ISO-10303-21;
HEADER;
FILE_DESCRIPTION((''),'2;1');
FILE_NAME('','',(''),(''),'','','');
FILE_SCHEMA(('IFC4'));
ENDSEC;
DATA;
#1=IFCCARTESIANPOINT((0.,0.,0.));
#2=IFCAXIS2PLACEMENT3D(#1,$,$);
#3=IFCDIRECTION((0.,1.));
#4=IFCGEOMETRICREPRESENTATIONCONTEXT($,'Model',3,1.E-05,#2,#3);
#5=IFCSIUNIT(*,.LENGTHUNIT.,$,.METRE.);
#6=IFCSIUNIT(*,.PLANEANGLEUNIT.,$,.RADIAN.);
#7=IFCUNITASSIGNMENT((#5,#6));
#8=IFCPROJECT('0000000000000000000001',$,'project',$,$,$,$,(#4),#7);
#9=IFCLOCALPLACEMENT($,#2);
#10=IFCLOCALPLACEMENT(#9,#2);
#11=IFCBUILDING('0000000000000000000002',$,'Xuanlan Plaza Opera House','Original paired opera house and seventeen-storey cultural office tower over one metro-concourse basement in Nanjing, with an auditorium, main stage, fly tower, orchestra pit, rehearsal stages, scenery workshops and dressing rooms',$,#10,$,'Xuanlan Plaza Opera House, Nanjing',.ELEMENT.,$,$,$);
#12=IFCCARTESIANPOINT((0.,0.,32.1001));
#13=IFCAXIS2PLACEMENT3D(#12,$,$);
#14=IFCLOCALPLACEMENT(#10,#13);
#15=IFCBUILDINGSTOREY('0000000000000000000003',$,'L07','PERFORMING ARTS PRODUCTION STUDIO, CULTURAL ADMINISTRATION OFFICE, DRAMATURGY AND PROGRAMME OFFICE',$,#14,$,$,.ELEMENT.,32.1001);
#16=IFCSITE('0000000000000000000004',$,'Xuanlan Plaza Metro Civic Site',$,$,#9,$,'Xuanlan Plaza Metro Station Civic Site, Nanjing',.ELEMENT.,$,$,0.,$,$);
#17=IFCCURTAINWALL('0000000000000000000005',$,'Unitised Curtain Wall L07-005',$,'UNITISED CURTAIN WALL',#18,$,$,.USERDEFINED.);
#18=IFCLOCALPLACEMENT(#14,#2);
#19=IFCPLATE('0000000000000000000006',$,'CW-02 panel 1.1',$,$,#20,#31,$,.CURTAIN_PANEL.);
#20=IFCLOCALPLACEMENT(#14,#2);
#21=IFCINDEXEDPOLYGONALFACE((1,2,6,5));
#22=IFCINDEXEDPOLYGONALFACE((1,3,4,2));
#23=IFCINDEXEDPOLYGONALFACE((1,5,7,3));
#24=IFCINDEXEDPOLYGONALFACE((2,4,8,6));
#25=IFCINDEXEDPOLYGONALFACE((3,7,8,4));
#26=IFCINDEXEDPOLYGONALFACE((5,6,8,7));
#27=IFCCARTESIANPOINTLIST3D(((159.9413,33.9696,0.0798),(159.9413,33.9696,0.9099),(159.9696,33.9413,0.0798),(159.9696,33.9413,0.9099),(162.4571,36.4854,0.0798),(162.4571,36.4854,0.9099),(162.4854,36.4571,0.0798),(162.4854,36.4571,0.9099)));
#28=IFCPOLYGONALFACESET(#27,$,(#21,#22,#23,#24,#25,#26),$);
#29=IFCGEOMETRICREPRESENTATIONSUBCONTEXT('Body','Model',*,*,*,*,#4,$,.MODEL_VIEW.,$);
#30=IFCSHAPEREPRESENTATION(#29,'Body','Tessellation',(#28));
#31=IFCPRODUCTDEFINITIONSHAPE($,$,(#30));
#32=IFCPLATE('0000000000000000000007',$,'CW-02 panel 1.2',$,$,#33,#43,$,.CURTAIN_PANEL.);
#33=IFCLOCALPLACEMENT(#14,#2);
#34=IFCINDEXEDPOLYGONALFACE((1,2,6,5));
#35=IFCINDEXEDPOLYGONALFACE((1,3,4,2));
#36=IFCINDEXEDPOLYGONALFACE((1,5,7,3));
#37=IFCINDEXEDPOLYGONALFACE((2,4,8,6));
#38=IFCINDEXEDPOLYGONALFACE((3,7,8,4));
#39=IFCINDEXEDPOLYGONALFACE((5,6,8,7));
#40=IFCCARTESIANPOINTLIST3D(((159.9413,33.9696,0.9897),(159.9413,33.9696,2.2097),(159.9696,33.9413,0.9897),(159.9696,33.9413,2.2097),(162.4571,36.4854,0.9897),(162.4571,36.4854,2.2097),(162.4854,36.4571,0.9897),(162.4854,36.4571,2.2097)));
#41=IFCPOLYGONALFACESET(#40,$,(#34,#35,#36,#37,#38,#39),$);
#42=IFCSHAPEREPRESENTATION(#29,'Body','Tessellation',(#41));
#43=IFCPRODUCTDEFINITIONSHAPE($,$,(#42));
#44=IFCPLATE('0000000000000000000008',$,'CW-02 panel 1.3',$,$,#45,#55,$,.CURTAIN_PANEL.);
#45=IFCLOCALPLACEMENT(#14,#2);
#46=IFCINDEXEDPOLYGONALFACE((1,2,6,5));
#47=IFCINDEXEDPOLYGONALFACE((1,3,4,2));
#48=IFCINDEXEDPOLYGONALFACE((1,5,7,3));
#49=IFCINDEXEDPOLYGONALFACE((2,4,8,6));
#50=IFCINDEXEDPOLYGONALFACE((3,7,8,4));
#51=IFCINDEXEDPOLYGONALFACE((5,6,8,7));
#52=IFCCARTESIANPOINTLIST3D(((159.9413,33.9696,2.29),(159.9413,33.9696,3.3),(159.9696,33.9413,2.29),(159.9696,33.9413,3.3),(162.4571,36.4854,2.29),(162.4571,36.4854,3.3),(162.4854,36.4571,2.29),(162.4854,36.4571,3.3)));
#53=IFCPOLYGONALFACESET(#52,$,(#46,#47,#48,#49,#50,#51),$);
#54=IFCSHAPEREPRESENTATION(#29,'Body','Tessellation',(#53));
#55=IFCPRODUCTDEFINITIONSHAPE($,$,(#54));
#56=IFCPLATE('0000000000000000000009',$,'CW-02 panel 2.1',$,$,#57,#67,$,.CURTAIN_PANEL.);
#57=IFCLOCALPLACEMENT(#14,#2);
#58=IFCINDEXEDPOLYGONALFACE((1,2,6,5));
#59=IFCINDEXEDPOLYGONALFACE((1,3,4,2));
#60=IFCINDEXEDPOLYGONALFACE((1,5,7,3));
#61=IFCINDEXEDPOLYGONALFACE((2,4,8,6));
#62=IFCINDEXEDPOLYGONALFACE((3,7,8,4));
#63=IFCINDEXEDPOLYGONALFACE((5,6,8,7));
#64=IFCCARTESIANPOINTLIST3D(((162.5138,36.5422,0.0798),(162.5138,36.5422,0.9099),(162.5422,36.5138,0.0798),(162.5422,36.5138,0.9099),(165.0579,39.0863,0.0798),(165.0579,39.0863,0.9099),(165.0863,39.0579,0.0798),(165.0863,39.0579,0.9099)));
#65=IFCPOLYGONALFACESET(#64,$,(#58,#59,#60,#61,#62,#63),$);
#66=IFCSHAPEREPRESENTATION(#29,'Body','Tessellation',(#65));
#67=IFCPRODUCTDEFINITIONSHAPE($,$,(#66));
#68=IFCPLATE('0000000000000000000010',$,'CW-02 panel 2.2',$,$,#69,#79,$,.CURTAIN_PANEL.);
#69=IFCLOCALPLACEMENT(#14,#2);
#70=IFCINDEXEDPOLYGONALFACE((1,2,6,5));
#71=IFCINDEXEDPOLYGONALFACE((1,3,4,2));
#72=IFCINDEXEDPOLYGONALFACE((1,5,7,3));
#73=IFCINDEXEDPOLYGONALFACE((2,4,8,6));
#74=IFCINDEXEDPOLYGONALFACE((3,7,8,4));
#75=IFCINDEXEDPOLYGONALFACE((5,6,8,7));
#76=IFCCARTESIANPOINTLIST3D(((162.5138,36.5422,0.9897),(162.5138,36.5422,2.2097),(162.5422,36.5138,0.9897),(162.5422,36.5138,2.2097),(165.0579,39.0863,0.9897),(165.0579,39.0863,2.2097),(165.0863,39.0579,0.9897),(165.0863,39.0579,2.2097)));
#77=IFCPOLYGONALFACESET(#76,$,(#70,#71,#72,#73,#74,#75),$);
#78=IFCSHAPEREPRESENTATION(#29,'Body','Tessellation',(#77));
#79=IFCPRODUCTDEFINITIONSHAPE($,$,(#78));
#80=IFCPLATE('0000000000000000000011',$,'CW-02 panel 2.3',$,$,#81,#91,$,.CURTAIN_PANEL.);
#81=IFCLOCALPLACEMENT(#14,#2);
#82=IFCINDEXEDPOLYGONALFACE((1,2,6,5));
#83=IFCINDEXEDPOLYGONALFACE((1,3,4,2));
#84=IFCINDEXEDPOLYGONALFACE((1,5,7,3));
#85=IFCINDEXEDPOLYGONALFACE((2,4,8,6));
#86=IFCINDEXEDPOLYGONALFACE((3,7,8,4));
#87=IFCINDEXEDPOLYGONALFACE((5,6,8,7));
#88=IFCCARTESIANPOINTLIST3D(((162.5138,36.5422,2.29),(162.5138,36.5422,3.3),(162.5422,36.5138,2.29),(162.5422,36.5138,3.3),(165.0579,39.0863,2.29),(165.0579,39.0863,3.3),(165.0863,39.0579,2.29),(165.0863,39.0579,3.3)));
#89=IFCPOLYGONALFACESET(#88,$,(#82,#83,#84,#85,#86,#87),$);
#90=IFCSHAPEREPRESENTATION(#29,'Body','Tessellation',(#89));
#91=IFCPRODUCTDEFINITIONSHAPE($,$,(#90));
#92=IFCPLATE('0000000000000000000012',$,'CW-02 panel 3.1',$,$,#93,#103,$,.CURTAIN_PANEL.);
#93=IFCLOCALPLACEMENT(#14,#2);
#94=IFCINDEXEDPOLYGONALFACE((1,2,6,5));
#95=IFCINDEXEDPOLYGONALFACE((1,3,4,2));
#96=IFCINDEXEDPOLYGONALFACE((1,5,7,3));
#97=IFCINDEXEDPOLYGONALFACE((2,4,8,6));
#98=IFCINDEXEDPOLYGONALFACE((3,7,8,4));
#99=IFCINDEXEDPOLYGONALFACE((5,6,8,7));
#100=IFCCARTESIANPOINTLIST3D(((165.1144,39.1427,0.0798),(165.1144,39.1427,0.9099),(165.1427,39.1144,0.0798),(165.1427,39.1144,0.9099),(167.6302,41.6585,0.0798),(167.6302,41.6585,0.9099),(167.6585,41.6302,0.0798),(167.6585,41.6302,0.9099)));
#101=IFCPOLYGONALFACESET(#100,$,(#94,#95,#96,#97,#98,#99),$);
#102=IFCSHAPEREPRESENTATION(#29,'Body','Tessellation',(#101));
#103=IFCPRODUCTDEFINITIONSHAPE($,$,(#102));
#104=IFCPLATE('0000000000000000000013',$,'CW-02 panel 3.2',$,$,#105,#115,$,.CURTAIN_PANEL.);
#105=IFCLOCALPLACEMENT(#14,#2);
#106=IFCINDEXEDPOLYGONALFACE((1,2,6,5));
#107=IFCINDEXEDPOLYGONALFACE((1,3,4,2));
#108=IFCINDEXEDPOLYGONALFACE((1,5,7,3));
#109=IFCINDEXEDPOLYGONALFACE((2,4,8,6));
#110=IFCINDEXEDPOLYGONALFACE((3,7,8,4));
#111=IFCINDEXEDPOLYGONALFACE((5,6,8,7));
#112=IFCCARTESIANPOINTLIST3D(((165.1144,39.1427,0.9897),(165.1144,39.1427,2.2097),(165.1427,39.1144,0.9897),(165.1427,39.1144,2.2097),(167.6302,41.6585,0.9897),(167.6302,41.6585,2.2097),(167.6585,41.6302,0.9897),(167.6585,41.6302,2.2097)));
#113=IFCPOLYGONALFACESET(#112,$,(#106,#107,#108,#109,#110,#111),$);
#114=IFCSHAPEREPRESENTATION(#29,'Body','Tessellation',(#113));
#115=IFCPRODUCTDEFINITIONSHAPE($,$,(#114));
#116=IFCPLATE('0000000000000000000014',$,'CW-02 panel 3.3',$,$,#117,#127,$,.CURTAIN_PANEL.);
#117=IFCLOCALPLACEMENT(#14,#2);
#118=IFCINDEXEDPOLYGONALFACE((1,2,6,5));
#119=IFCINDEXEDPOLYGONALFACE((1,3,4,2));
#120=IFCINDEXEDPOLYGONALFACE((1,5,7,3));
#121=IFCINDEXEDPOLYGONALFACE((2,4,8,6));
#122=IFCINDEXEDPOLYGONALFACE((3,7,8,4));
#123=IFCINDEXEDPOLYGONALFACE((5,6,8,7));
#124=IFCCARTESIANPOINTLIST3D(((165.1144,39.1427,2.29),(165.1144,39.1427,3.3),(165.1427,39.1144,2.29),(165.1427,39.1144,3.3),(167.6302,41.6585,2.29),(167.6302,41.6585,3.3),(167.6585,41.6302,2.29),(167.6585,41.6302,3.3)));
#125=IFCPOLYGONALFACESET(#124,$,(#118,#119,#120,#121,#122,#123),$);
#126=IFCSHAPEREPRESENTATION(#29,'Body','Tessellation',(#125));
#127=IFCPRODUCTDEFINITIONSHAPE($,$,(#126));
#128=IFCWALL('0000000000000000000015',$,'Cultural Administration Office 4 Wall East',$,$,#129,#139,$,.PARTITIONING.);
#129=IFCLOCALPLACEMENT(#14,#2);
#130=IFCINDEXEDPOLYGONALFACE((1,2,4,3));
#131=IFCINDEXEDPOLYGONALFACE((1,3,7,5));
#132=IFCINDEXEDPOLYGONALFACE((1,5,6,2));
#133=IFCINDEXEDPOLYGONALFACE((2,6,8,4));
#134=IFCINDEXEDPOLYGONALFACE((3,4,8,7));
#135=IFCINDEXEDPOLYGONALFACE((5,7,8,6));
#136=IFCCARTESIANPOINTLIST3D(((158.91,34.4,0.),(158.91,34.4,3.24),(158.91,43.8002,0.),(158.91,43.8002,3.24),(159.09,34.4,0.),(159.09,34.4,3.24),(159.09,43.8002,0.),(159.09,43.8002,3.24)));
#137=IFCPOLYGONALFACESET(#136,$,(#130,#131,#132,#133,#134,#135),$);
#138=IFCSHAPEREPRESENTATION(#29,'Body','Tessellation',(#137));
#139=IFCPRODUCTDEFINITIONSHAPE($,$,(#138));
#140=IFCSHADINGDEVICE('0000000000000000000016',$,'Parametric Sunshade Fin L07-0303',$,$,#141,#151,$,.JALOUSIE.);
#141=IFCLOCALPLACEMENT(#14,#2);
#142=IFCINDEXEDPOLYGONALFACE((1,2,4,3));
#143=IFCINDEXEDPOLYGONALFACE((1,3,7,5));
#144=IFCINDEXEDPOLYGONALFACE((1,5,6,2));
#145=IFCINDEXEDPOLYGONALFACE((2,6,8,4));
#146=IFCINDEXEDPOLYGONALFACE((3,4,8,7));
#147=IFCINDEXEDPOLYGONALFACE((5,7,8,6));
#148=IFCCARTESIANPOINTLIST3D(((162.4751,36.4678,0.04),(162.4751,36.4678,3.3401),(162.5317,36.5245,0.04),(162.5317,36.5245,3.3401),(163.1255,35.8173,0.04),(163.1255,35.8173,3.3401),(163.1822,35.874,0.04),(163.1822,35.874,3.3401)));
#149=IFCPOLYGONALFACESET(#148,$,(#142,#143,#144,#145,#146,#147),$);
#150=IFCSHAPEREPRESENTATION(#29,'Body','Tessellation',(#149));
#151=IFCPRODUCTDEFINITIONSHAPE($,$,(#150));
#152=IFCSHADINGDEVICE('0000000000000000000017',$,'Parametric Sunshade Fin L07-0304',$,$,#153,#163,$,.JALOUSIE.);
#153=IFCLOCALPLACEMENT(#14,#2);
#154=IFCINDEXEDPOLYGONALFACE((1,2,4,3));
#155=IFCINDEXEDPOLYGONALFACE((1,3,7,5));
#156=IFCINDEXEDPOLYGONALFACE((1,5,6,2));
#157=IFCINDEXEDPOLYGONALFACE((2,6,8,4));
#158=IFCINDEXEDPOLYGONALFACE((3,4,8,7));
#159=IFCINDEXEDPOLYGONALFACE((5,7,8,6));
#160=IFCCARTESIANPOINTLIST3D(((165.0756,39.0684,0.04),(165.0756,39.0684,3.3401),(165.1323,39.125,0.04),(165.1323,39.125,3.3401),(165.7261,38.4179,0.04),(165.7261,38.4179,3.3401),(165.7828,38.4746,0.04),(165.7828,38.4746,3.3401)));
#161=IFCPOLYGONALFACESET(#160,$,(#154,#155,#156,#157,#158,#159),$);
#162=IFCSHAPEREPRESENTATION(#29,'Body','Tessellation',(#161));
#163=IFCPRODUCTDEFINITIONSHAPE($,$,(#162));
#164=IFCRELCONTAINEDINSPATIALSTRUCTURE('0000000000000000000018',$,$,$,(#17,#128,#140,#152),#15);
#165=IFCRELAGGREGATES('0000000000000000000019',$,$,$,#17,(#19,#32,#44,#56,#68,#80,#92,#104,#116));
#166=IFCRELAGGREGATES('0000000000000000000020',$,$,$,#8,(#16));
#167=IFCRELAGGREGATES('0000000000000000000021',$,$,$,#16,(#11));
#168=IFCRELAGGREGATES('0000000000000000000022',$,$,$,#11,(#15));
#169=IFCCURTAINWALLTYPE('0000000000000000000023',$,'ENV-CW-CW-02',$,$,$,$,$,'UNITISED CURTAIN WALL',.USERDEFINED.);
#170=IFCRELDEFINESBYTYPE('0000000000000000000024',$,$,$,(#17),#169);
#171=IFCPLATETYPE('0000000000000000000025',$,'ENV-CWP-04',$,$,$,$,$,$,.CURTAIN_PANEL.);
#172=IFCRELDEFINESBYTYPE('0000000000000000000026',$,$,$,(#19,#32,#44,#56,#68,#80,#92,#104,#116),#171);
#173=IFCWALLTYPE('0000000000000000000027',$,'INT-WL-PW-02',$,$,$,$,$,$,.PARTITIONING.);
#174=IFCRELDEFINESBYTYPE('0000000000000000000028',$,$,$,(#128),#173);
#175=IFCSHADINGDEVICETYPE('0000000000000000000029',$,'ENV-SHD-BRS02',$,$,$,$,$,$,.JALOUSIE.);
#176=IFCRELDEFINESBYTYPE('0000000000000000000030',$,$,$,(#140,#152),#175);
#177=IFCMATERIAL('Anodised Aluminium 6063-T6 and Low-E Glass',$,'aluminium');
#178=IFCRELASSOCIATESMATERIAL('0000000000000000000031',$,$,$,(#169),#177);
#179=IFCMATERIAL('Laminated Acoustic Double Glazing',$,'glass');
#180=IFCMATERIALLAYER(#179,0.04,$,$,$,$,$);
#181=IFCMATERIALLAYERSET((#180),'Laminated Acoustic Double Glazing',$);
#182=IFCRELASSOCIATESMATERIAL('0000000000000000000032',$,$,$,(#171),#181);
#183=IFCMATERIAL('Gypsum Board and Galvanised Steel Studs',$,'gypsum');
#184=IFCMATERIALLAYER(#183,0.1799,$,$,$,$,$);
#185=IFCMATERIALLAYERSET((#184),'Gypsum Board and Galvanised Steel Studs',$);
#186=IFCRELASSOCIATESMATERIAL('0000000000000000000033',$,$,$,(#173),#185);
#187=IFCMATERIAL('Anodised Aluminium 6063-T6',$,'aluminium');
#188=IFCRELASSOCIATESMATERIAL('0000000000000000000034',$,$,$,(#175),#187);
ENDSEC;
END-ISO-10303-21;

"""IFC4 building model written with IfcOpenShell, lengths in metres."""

from ifc_helpers import new_model, si_unit, direction, frame, frame_2d, origin, origin_2d, place, context, subcontext, project, spatial, rectangle, extrude, material, layer, layer_set, type_object, element, aggregate, save


model = new_model("IFC4")

# Units and contexts
model_context = context("Model", 3, precision=1e-05, world=origin(), true_north=direction((0.0, 1.0)))
body_context = subcontext(model_context, "Body", "Model", "MODEL_VIEW")
ifc_project = project(units=[si_unit("LENGTHUNIT", "METRE"), si_unit("PLANEANGLEUNIT", "RADIAN")], contexts=[model_context])

# Site, building, storey
site_placement = place(None, origin())
site = spatial("IfcSite", under=ifc_project, at=site_placement, Name="Xuanlan Plaza Metro Civic Site", LongName="Xuanlan Plaza Metro Station Civic Site, Nanjing", CompositionType="ELEMENT", RefElevation=0.0)
building_placement = place(site_placement, origin())
building = spatial("IfcBuilding", under=site, at=building_placement, Name="Xuanlan Plaza Opera House", Description="Original paired opera house and seventeen-storey cultural office tower over one metro-concourse basement in Nanjing, with an auditorium, main stage, fly tower, orchestra pit, rehearsal stages, scenery workshops and dressing rooms", LongName="Xuanlan Plaza Opera House, Nanjing", CompositionType="ELEMENT")
storey_placement = place(building_placement, frame((0.0, 0.0, 32.1001)))
storey = spatial("IfcBuildingStorey", under=building, at=storey_placement, Name="L07", Description="PERFORMING ARTS PRODUCTION STUDIO, CULTURAL ADMINISTRATION OFFICE, DRAMATURGY AND PROGRAMME OFFICE", CompositionType="ELEMENT", Elevation=32.1001)

# Shared definitions
ifc_material_1 = material(Name="Anodised Aluminium 6063-T6 and Low-E Glass", Category="aluminium")
ifc_material_2 = material(Name="Anodised Aluminium 6063-T6", Category="aluminium")

# Curtain wall
curtain_wall_type_1 = type_object("IfcCurtainWallType", Name="ENV-CW-CW-02", ElementType="UNITISED CURTAIN WALL", PredefinedType="USERDEFINED", material=ifc_material_1)
curtain_wall_1_placement = place(storey_placement, origin())
curtain_wall_1 = element("IfcCurtainWall", 1, at=curtain_wall_1_placement, inside=storey, type_object=curtain_wall_type_1, Name="Unitised Curtain Wall L07-005", ObjectType="UNITISED CURTAIN WALL", PredefinedType="USERDEFINED")

# Plates
ifc_material_3 = material(Name="Laminated Acoustic Double Glazing", Category="glass")
ifc_layer_1 = layer(ifc_material_3, 0.04)
ifc_layer_set_1 = layer_set([ifc_layer_1], Name="Laminated Acoustic Double Glazing")
plate_type_1 = type_object("IfcPlateType", Name="ENV-CWP-04", PredefinedType="CURTAIN_PANEL", material=ifc_layer_set_1)
plate_1_placement = place(storey_placement, frame((161.2134, 35.2134, 0.0798), z_axis=(0.0, 0.0, 1.0), x_axis=(0.707107, 0.707107, 0.0)))
plate_1 = element("IfcPlate", 2, at=plate_1_placement, type_object=plate_type_1, Name="CW-02 panel 1.1", PredefinedType="CURTAIN_PANEL", context=body_context, shape_type="SweptSolid", body=[
    extrude(rectangle(XDim=3.5579, YDim=0.04, at=origin_2d()), origin(), (0.0, 0.0, 1.0), 0.8301),
])
plate_2_placement = place(storey_placement, frame((161.2134, 35.2134, 0.9897), z_axis=(0.0, 0.0, 1.0), x_axis=(0.707107, 0.707107, 0.0)))
plate_2 = element("IfcPlate", 3, at=plate_2_placement, type_object=plate_type_1, Name="CW-02 panel 1.2", PredefinedType="CURTAIN_PANEL", context=body_context, shape_type="SweptSolid", body=[
    extrude(rectangle(XDim=3.5579, YDim=0.04, at=origin_2d()), origin(), (0.0, 0.0, 1.0), 1.22),
])
plate_3_placement = place(storey_placement, frame((161.2134, 35.2134, 2.29), z_axis=(0.0, 0.0, 1.0), x_axis=(0.707107, 0.707107, 0.0)))
plate_3 = element("IfcPlate", 4, at=plate_3_placement, type_object=plate_type_1, Name="CW-02 panel 1.3", PredefinedType="CURTAIN_PANEL", context=body_context, shape_type="SweptSolid", body=[
    extrude(rectangle(XDim=3.5579, YDim=0.04, at=origin_2d()), origin(), (0.0, 0.0, 1.0), 1.01),
])
plate_4_placement = place(storey_placement, frame((163.8, 37.8, 0.0798), z_axis=(0.0, 0.0, 1.0), x_axis=(0.707107, 0.707107, 0.0)))
plate_4 = element("IfcPlate", 5, at=plate_4_placement, type_object=plate_type_1, Name="CW-02 panel 2.1", PredefinedType="CURTAIN_PANEL", context=body_context, shape_type="SweptSolid", body=[
    extrude(rectangle(XDim=3.5979, YDim=0.04, at=origin_2d()), origin(), (0.0, 0.0, 1.0), 0.8301),
])
plate_5_placement = place(storey_placement, frame((163.8, 37.8, 0.9897), z_axis=(0.0, 0.0, 1.0), x_axis=(0.707107, 0.707107, 0.0)))
plate_5 = element("IfcPlate", 6, at=plate_5_placement, type_object=plate_type_1, Name="CW-02 panel 2.2", PredefinedType="CURTAIN_PANEL", context=body_context, shape_type="SweptSolid", body=[
    extrude(rectangle(XDim=3.5979, YDim=0.04, at=origin_2d()), origin(), (0.0, 0.0, 1.0), 1.22),
])
plate_6_placement = place(storey_placement, frame((163.8, 37.8, 2.29), z_axis=(0.0, 0.0, 1.0), x_axis=(0.707107, 0.707107, 0.0)))
plate_6 = element("IfcPlate", 7, at=plate_6_placement, type_object=plate_type_1, Name="CW-02 panel 2.3", PredefinedType="CURTAIN_PANEL", context=body_context, shape_type="SweptSolid", body=[
    extrude(rectangle(XDim=3.5979, YDim=0.04, at=origin_2d()), origin(), (0.0, 0.0, 1.0), 1.01),
])
plate_7_placement = place(storey_placement, frame((166.3865, 40.3865, 0.0798), z_axis=(0.0, 0.0, 1.0), x_axis=(0.707107, 0.707107, 0.0)))
plate_7 = element("IfcPlate", 8, at=plate_7_placement, type_object=plate_type_1, Name="CW-02 panel 3.1", PredefinedType="CURTAIN_PANEL", context=body_context, shape_type="SweptSolid", body=[
    extrude(rectangle(XDim=3.5579, YDim=0.04, at=origin_2d()), origin(), (0.0, 0.0, 1.0), 0.8301),
])
plate_8_placement = place(storey_placement, frame((166.3865, 40.3865, 0.9897), z_axis=(0.0, 0.0, 1.0), x_axis=(0.707107, 0.707107, 0.0)))
plate_8 = element("IfcPlate", 9, at=plate_8_placement, type_object=plate_type_1, Name="CW-02 panel 3.2", PredefinedType="CURTAIN_PANEL", context=body_context, shape_type="SweptSolid", body=[
    extrude(rectangle(XDim=3.5579, YDim=0.04, at=origin_2d()), origin(), (0.0, 0.0, 1.0), 1.22),
])
plate_9_placement = place(storey_placement, frame((166.3865, 40.3865, 2.29), z_axis=(0.0, 0.0, 1.0), x_axis=(0.707107, 0.707107, 0.0)))
plate_9 = element("IfcPlate", 10, at=plate_9_placement, type_object=plate_type_1, Name="CW-02 panel 3.3", PredefinedType="CURTAIN_PANEL", context=body_context, shape_type="SweptSolid", body=[
    extrude(rectangle(XDim=3.5579, YDim=0.04, at=origin_2d()), origin(), (0.0, 0.0, 1.0), 1.01),
])
aggregate(curtain_wall_1, [plate_1, plate_2, plate_3, plate_4, plate_5, plate_6, plate_7, plate_8, plate_9])

# Wall
ifc_material_4 = material(Name="Gypsum Board and Galvanised Steel Studs", Category="gypsum")
ifc_layer_2 = layer(ifc_material_4, 0.1799)
ifc_layer_set_2 = layer_set([ifc_layer_2], Name="Gypsum Board and Galvanised Steel Studs")
wall_type = type_object("IfcWallType", Name="INT-WL-PW-02", PredefinedType="PARTITIONING", material=ifc_layer_set_2)
wall_placement = place(storey_placement, frame((159.0, 34.3999, 0.0), z_axis=(0.0, 0.0, 1.0), x_axis=(0.0, 1.0, 0.0)))
element("IfcWall", 11, at=wall_placement, inside=storey, type_object=wall_type, Name="Cultural Administration Office 4 Wall East", PredefinedType="PARTITIONING", context=body_context, shape_type="SweptSolid", body=[
    extrude(rectangle(XDim=9.4001, YDim=0.1799, at=frame_2d((4.7002, 0.0))), origin(), (0.0, 0.0, 1.0), 3.24),
])

# Shading devices
shading_device_type = type_object("IfcShadingDeviceType", Name="ENV-SHD-BRS02", PredefinedType="JALOUSIE", material=ifc_material_2)
for number, where, z_axis, x_axis, name in (
    (12, (162.8286, 36.1709, 0.04), (0.0, 0.0, 1.0), (0.707107, -0.707107, 0.0), "Parametric Sunshade Fin L07-0303"),
    (13, (165.4292, 38.7715, 0.04), (0.0, 0.0, 1.0), (0.707107, -0.707107, 0.0), "Parametric Sunshade Fin L07-0304"),
):
    element("IfcShadingDevice", number, at=place(storey_placement, frame(where, z_axis=z_axis, x_axis=x_axis)), inside=storey, type_object=shading_device_type, Name=name, PredefinedType="JALOUSIE", context=body_context, shape_type="SweptSolid", body=[
        extrude(rectangle(XDim=0.9199, YDim=0.0801, at=origin_2d()), origin(), (0.0, 0.0, 1.0), 3.3),
    ])

save(model, "model.ifc")
